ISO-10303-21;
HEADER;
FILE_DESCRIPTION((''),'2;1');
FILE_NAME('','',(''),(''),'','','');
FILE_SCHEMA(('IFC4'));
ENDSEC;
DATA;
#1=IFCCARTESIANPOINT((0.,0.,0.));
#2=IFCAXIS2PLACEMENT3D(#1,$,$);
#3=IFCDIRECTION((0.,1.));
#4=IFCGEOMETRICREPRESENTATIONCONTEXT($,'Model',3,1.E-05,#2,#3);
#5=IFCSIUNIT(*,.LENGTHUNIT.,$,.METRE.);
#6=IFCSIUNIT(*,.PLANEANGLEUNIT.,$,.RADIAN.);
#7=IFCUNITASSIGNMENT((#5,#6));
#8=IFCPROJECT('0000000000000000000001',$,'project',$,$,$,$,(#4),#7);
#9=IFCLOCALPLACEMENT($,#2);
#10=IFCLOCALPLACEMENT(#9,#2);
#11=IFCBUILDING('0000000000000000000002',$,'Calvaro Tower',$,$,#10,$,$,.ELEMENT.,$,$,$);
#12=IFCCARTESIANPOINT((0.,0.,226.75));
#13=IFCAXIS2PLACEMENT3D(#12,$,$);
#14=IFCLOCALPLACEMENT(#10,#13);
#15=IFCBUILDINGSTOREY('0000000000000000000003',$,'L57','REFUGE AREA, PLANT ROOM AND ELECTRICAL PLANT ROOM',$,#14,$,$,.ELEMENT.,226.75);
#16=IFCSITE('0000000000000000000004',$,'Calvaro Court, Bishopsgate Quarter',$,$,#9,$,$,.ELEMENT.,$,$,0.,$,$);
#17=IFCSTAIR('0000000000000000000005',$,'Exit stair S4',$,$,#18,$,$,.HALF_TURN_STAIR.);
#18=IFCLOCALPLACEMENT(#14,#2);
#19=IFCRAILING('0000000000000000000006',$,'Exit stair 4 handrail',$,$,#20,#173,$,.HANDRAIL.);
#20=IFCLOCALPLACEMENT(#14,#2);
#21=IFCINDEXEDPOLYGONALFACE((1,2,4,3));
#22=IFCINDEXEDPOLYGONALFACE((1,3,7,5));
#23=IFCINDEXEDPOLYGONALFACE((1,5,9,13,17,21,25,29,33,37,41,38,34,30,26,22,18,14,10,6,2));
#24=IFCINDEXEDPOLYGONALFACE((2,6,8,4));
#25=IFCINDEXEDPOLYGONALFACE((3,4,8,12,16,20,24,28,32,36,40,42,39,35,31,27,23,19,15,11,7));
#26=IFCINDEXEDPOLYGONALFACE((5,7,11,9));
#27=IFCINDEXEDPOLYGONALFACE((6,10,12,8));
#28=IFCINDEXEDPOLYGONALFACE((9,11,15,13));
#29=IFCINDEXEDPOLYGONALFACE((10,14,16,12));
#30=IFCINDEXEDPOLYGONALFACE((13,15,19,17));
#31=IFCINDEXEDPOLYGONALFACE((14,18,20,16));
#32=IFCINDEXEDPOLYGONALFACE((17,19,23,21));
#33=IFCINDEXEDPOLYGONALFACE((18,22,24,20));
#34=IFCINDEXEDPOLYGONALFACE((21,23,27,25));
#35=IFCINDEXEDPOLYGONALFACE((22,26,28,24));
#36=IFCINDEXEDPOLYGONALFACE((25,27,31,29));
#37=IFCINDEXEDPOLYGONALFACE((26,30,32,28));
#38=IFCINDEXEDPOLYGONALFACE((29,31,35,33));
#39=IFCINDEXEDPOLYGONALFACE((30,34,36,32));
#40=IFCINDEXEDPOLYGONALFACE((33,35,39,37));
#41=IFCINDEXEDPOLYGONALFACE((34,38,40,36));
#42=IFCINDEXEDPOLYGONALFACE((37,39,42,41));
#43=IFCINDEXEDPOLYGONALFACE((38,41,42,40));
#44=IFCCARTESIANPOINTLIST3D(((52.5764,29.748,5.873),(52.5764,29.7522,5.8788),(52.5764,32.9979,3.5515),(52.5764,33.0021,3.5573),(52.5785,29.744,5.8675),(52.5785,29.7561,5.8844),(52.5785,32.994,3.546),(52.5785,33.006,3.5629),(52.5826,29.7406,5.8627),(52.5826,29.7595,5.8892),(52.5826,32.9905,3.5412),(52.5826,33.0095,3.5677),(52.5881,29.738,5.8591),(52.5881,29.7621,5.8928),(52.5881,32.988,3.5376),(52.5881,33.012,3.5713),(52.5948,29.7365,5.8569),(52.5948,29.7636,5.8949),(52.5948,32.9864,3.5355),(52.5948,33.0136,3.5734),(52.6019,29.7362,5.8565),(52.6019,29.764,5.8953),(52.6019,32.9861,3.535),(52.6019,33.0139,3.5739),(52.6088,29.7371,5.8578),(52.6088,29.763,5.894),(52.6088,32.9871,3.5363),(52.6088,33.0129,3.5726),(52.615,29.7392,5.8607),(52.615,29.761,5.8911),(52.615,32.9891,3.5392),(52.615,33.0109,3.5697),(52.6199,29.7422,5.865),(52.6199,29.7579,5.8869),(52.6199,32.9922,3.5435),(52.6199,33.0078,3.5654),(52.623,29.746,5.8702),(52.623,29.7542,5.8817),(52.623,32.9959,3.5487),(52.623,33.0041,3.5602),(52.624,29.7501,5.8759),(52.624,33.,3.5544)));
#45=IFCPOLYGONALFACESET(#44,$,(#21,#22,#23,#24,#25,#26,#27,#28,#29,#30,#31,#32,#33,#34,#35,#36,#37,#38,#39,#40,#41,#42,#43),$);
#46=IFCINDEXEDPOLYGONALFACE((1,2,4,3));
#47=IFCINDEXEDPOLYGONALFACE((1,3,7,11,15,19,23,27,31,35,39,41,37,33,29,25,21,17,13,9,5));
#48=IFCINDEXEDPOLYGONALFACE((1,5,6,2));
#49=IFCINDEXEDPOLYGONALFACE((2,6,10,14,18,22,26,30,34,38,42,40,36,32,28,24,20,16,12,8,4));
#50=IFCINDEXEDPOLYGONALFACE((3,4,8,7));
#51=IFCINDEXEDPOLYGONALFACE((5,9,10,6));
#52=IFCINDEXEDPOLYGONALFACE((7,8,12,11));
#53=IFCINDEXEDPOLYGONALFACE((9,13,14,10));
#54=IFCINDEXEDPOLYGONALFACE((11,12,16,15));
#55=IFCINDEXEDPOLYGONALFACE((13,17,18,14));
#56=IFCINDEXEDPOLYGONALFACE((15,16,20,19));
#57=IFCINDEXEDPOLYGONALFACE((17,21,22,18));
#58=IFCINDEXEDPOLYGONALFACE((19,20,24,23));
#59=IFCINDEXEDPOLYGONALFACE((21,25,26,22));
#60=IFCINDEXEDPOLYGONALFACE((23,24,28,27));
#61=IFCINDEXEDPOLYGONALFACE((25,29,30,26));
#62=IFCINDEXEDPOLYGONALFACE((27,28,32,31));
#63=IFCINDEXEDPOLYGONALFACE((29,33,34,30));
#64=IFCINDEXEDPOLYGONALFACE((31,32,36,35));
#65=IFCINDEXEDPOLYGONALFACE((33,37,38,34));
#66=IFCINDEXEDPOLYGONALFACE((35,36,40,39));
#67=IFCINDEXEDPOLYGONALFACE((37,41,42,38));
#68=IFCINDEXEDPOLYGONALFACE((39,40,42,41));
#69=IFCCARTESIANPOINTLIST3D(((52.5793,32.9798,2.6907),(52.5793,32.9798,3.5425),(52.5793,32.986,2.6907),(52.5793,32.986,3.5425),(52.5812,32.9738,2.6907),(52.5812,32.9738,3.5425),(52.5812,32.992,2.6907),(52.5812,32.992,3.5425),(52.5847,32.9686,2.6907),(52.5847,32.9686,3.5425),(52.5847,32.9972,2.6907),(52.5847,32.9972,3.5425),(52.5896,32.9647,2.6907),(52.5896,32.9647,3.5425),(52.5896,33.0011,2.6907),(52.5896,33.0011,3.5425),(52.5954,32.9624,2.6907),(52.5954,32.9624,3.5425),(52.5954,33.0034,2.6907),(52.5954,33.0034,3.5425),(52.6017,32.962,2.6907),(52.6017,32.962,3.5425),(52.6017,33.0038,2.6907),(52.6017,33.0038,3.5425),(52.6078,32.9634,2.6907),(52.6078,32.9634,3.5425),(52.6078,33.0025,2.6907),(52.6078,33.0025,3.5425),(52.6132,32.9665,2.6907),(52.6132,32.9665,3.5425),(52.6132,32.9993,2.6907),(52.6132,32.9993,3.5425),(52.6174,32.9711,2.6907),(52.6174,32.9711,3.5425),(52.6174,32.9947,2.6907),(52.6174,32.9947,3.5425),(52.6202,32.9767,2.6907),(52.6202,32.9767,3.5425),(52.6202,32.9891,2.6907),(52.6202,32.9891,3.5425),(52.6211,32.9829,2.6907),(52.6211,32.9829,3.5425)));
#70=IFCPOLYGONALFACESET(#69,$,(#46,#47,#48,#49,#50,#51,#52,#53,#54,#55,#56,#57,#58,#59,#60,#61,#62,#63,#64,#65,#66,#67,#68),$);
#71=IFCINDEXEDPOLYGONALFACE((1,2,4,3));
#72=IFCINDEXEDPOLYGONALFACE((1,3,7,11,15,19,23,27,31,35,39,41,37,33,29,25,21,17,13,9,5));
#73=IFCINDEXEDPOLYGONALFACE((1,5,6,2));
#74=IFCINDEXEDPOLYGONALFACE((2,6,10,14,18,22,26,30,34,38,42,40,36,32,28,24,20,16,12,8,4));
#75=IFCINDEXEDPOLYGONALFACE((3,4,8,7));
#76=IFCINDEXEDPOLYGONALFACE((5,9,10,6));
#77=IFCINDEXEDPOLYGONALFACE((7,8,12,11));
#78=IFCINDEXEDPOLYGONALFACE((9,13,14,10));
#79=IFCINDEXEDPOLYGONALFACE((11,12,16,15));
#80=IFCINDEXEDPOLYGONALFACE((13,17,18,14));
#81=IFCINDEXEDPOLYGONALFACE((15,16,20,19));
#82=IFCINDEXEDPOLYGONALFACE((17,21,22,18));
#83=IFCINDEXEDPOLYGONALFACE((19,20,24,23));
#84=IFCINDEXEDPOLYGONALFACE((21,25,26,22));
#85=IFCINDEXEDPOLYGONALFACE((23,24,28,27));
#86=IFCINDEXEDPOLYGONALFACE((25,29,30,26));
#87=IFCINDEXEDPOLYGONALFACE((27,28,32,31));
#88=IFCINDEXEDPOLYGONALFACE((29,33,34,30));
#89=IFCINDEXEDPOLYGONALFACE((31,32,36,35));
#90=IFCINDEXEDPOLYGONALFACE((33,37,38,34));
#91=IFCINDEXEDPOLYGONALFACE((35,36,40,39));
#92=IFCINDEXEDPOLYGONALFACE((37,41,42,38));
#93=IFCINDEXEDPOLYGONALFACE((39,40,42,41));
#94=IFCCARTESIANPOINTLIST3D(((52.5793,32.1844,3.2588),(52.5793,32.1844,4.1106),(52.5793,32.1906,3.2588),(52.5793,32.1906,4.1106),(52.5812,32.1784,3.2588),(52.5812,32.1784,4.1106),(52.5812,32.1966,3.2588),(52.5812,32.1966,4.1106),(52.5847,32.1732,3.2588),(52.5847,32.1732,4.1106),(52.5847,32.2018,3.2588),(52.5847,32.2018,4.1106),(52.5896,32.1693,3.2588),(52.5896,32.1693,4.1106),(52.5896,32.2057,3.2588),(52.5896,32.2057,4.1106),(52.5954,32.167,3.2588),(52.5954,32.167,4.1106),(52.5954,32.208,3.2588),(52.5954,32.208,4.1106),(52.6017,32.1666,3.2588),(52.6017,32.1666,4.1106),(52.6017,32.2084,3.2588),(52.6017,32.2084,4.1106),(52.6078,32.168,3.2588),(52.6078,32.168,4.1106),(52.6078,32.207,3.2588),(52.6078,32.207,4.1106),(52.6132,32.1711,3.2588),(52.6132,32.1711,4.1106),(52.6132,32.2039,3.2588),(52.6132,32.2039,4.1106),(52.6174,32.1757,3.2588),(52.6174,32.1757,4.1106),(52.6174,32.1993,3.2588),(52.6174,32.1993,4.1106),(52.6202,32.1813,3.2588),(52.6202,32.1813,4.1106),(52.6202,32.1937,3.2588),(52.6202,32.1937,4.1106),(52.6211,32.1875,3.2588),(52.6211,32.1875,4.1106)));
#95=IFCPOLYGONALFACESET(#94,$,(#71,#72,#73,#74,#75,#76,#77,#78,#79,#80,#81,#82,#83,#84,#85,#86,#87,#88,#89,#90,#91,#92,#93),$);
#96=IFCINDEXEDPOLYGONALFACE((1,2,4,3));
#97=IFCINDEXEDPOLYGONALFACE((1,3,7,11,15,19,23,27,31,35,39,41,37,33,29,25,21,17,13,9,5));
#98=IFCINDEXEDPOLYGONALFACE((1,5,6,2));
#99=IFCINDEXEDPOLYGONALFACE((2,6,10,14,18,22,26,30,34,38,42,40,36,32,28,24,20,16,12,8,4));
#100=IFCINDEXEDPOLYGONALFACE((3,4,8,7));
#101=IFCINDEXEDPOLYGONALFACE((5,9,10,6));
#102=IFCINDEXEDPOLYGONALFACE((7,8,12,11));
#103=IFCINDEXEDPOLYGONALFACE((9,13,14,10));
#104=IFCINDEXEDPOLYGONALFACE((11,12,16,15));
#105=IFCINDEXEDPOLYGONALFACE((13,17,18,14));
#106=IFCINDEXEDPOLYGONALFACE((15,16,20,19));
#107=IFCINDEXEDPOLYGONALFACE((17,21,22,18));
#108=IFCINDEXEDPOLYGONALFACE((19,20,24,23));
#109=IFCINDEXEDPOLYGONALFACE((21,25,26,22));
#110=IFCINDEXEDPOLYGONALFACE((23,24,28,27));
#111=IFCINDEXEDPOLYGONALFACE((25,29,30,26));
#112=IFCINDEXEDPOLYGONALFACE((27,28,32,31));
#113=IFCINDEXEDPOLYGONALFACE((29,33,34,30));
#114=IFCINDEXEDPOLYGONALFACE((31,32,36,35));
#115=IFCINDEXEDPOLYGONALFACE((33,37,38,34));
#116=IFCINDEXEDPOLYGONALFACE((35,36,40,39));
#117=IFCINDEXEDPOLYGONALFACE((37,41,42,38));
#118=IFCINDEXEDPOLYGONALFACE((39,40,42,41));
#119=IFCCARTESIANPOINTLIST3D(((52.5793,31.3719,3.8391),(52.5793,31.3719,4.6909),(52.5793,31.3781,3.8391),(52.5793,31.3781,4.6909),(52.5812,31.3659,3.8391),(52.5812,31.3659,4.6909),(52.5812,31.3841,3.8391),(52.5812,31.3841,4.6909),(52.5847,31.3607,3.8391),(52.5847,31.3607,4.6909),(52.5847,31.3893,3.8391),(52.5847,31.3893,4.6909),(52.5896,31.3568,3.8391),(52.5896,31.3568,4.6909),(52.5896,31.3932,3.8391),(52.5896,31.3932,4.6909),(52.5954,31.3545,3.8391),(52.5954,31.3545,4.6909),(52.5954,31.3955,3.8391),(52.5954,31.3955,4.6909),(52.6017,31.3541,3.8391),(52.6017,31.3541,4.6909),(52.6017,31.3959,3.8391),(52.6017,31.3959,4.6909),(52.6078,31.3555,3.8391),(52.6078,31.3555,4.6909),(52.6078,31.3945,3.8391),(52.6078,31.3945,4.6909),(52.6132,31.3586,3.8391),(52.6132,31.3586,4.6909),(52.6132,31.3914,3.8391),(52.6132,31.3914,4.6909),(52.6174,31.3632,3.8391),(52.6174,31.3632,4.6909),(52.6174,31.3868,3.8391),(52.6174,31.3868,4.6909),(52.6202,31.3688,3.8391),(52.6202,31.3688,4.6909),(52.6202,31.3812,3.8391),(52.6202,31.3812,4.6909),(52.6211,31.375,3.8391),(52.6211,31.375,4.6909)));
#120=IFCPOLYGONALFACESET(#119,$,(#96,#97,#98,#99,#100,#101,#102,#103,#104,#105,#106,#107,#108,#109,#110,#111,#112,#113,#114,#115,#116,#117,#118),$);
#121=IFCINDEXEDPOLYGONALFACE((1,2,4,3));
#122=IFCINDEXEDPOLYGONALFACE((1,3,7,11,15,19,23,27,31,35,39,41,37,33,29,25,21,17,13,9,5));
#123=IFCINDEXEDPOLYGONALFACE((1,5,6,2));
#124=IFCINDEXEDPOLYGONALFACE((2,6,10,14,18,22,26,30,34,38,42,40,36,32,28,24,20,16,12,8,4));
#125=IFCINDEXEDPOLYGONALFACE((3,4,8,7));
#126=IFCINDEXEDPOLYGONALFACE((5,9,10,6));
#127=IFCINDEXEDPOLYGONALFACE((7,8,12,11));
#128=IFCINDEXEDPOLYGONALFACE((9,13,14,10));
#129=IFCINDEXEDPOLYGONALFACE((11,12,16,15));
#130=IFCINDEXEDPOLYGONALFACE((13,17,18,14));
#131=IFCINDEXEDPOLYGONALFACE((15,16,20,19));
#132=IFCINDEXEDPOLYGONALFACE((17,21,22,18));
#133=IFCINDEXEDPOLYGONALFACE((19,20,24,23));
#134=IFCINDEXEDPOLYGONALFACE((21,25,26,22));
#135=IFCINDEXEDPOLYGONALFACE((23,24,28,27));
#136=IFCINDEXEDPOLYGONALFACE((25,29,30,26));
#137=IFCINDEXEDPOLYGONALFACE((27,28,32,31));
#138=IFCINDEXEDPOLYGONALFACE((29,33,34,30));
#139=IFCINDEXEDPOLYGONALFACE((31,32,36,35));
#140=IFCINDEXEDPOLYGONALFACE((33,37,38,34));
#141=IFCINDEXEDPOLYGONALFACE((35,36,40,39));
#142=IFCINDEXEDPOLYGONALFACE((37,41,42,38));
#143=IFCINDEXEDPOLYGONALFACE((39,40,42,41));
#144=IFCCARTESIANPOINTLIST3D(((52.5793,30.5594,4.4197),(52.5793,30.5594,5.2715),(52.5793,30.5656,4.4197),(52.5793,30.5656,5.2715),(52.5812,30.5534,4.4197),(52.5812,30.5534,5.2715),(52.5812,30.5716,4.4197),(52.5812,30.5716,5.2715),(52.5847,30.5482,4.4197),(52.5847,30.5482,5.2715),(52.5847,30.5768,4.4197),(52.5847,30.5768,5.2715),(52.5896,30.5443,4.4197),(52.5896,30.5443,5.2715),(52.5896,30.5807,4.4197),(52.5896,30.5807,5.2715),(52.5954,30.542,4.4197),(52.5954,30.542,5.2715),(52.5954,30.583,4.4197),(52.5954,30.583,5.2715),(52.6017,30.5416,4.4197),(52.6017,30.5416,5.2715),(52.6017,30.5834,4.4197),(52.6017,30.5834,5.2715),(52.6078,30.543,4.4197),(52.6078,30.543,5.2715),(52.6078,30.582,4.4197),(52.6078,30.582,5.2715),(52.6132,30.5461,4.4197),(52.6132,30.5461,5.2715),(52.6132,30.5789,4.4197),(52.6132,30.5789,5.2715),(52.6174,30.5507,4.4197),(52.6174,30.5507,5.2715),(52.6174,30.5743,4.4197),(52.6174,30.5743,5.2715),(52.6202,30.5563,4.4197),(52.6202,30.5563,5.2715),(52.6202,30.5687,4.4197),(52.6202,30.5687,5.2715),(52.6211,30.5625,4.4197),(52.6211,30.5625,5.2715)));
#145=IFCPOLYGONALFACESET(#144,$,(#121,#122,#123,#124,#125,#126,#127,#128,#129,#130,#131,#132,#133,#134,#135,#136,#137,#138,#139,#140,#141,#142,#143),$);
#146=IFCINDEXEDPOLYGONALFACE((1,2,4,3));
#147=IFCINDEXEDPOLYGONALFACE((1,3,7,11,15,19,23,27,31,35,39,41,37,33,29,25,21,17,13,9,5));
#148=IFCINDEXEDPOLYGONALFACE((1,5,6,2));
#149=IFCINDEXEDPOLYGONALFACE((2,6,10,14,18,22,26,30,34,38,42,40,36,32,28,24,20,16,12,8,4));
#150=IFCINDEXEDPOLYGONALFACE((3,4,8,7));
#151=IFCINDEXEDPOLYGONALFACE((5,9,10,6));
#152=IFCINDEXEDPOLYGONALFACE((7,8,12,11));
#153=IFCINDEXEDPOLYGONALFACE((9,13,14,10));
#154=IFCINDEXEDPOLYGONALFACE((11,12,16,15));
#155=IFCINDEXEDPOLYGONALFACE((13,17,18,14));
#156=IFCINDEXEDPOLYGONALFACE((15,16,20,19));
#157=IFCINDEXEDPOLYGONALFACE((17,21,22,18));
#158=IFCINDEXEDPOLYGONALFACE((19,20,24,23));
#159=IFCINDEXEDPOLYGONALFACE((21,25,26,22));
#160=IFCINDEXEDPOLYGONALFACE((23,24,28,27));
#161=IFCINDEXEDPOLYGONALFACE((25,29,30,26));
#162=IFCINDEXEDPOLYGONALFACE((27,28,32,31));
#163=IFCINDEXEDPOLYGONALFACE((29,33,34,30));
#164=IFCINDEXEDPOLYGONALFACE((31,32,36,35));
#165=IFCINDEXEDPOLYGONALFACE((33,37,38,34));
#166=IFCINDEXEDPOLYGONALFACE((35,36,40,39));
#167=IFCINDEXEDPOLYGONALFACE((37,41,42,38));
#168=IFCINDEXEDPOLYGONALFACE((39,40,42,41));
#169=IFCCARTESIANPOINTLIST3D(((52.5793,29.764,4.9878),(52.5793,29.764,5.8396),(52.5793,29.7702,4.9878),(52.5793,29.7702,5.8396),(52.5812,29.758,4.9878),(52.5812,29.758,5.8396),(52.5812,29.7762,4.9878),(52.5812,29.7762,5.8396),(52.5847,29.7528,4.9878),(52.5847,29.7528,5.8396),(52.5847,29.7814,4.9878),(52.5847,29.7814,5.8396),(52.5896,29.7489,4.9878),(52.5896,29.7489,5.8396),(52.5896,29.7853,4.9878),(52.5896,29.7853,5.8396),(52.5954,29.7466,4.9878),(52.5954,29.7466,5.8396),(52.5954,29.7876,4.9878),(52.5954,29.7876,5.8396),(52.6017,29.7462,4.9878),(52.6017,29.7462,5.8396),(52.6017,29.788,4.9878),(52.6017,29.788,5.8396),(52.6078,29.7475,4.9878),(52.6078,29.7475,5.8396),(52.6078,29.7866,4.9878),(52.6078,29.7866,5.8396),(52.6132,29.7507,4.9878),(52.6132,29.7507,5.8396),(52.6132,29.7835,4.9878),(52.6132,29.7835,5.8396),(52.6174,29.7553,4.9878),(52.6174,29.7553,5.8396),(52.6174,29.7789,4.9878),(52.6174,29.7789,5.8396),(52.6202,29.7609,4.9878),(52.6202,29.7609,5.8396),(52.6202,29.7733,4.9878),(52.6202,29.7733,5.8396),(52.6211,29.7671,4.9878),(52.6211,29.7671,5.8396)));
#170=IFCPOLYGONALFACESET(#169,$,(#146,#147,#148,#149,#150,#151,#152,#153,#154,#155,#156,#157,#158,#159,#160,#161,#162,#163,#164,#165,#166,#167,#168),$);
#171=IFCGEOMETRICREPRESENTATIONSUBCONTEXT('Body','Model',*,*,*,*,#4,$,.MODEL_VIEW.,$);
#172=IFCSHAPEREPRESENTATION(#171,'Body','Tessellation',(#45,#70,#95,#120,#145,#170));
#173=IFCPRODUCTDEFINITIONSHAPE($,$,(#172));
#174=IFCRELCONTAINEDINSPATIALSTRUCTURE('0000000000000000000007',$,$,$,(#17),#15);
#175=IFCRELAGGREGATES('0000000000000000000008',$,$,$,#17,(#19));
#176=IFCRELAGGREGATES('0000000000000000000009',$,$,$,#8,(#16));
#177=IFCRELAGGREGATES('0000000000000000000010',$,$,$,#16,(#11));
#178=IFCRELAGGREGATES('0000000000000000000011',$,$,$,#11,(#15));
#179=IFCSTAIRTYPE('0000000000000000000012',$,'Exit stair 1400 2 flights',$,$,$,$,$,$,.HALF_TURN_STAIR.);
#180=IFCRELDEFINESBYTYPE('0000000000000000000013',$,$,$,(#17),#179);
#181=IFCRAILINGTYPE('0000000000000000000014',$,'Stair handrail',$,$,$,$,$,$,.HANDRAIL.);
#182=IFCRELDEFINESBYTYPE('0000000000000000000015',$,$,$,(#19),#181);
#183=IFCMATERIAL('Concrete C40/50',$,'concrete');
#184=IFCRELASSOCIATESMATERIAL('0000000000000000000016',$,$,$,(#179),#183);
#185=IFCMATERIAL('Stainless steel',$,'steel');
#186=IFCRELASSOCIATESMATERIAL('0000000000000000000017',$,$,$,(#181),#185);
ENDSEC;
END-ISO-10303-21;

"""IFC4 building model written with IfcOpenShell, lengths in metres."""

from ifc_helpers import new_model, si_unit, direction, frame, origin, origin_2d, place, context, subcontext, project, spatial, circle, extrude, material, type_object, element, aggregate, save


model = new_model("IFC4")

# Units and contexts
model_context = context("Model", 3, precision=1e-05, world=origin(), true_north=direction((0.0, 1.0)))
body_context = subcontext(model_context, "Body", "Model", "MODEL_VIEW")
ifc_project = project(units=[si_unit("LENGTHUNIT", "METRE"), si_unit("PLANEANGLEUNIT", "RADIAN")], contexts=[model_context])

# Site, building, storey
site_placement = place(None, origin())
site = spatial("IfcSite", under=ifc_project, at=site_placement, Name="Calvaro Court, Bishopsgate Quarter", CompositionType="ELEMENT", RefElevation=0.0)
building_placement = place(site_placement, origin())
building = spatial("IfcBuilding", under=site, at=building_placement, Name="Calvaro Tower", CompositionType="ELEMENT")
storey_placement = place(building_placement, frame((0.0, 0.0, 226.75)))
storey = spatial("IfcBuildingStorey", under=building, at=storey_placement, Name="L57", Description="REFUGE AREA, PLANT ROOM AND ELECTRICAL PLANT ROOM", CompositionType="ELEMENT", Elevation=226.75)

# Stair
ifc_material_1 = material(Name="Concrete C40/50", Category="concrete")
stair_type = type_object("IfcStairType", Name="Exit stair 1400 2 flights", PredefinedType="HALF_TURN_STAIR", material=ifc_material_1)
stair_1_placement = place(storey_placement, origin())
stair_1 = element("IfcStair", 1, at=stair_1_placement, inside=storey, type_object=stair_type, Name="Exit stair S4", PredefinedType="HALF_TURN_STAIR")

# Railing
ifc_material_2 = material(Name="Stainless steel", Category="steel")
railing_type = type_object("IfcRailingType", Name="Stair handrail", PredefinedType="HANDRAIL", material=ifc_material_2)
railing_1_placement = place(storey_placement, frame((52.6001, 33.0, 2.6785)))
railing_1 = element("IfcRailing", 2, at=railing_1_placement, type_object=railing_type, Name="Exit stair 4 handrail", PredefinedType="HANDRAIL", context=body_context, shape_type="SweptSolid", body=[
    extrude(circle(Radius=0.0239, at=origin_2d()), frame((0.0, 0.0, 0.876), z_axis=(0.0, -0.813721, 0.581256), x_axis=(1.0, 0.0, 0.0)), (0.0, 0.0, 1.0), 3.9939),
    extrude(circle(Radius=0.021, at=origin_2d()), frame((0.0, -0.0171, 0.0122)), (0.0, 0.0, 1.0), 0.8518),
    extrude(circle(Radius=0.021, at=origin_2d()), frame((0.0, -0.8125, 0.5803)), (0.0, 0.0, 1.0), 0.8518),
    extrude(circle(Radius=0.021, at=origin_2d()), frame((0.0, -1.625, 1.1606)), (0.0, 0.0, 1.0), 0.8518),
    extrude(circle(Radius=0.021, at=origin_2d()), frame((0.0, -2.4375, 1.7412)), (0.0, 0.0, 1.0), 0.8518),
    extrude(circle(Radius=0.021, at=origin_2d()), frame((0.0, -3.2329, 2.3093)), (0.0, 0.0, 1.0), 0.8518),
])
aggregate(stair_1, [railing_1])

save(model, "model.ifc")
